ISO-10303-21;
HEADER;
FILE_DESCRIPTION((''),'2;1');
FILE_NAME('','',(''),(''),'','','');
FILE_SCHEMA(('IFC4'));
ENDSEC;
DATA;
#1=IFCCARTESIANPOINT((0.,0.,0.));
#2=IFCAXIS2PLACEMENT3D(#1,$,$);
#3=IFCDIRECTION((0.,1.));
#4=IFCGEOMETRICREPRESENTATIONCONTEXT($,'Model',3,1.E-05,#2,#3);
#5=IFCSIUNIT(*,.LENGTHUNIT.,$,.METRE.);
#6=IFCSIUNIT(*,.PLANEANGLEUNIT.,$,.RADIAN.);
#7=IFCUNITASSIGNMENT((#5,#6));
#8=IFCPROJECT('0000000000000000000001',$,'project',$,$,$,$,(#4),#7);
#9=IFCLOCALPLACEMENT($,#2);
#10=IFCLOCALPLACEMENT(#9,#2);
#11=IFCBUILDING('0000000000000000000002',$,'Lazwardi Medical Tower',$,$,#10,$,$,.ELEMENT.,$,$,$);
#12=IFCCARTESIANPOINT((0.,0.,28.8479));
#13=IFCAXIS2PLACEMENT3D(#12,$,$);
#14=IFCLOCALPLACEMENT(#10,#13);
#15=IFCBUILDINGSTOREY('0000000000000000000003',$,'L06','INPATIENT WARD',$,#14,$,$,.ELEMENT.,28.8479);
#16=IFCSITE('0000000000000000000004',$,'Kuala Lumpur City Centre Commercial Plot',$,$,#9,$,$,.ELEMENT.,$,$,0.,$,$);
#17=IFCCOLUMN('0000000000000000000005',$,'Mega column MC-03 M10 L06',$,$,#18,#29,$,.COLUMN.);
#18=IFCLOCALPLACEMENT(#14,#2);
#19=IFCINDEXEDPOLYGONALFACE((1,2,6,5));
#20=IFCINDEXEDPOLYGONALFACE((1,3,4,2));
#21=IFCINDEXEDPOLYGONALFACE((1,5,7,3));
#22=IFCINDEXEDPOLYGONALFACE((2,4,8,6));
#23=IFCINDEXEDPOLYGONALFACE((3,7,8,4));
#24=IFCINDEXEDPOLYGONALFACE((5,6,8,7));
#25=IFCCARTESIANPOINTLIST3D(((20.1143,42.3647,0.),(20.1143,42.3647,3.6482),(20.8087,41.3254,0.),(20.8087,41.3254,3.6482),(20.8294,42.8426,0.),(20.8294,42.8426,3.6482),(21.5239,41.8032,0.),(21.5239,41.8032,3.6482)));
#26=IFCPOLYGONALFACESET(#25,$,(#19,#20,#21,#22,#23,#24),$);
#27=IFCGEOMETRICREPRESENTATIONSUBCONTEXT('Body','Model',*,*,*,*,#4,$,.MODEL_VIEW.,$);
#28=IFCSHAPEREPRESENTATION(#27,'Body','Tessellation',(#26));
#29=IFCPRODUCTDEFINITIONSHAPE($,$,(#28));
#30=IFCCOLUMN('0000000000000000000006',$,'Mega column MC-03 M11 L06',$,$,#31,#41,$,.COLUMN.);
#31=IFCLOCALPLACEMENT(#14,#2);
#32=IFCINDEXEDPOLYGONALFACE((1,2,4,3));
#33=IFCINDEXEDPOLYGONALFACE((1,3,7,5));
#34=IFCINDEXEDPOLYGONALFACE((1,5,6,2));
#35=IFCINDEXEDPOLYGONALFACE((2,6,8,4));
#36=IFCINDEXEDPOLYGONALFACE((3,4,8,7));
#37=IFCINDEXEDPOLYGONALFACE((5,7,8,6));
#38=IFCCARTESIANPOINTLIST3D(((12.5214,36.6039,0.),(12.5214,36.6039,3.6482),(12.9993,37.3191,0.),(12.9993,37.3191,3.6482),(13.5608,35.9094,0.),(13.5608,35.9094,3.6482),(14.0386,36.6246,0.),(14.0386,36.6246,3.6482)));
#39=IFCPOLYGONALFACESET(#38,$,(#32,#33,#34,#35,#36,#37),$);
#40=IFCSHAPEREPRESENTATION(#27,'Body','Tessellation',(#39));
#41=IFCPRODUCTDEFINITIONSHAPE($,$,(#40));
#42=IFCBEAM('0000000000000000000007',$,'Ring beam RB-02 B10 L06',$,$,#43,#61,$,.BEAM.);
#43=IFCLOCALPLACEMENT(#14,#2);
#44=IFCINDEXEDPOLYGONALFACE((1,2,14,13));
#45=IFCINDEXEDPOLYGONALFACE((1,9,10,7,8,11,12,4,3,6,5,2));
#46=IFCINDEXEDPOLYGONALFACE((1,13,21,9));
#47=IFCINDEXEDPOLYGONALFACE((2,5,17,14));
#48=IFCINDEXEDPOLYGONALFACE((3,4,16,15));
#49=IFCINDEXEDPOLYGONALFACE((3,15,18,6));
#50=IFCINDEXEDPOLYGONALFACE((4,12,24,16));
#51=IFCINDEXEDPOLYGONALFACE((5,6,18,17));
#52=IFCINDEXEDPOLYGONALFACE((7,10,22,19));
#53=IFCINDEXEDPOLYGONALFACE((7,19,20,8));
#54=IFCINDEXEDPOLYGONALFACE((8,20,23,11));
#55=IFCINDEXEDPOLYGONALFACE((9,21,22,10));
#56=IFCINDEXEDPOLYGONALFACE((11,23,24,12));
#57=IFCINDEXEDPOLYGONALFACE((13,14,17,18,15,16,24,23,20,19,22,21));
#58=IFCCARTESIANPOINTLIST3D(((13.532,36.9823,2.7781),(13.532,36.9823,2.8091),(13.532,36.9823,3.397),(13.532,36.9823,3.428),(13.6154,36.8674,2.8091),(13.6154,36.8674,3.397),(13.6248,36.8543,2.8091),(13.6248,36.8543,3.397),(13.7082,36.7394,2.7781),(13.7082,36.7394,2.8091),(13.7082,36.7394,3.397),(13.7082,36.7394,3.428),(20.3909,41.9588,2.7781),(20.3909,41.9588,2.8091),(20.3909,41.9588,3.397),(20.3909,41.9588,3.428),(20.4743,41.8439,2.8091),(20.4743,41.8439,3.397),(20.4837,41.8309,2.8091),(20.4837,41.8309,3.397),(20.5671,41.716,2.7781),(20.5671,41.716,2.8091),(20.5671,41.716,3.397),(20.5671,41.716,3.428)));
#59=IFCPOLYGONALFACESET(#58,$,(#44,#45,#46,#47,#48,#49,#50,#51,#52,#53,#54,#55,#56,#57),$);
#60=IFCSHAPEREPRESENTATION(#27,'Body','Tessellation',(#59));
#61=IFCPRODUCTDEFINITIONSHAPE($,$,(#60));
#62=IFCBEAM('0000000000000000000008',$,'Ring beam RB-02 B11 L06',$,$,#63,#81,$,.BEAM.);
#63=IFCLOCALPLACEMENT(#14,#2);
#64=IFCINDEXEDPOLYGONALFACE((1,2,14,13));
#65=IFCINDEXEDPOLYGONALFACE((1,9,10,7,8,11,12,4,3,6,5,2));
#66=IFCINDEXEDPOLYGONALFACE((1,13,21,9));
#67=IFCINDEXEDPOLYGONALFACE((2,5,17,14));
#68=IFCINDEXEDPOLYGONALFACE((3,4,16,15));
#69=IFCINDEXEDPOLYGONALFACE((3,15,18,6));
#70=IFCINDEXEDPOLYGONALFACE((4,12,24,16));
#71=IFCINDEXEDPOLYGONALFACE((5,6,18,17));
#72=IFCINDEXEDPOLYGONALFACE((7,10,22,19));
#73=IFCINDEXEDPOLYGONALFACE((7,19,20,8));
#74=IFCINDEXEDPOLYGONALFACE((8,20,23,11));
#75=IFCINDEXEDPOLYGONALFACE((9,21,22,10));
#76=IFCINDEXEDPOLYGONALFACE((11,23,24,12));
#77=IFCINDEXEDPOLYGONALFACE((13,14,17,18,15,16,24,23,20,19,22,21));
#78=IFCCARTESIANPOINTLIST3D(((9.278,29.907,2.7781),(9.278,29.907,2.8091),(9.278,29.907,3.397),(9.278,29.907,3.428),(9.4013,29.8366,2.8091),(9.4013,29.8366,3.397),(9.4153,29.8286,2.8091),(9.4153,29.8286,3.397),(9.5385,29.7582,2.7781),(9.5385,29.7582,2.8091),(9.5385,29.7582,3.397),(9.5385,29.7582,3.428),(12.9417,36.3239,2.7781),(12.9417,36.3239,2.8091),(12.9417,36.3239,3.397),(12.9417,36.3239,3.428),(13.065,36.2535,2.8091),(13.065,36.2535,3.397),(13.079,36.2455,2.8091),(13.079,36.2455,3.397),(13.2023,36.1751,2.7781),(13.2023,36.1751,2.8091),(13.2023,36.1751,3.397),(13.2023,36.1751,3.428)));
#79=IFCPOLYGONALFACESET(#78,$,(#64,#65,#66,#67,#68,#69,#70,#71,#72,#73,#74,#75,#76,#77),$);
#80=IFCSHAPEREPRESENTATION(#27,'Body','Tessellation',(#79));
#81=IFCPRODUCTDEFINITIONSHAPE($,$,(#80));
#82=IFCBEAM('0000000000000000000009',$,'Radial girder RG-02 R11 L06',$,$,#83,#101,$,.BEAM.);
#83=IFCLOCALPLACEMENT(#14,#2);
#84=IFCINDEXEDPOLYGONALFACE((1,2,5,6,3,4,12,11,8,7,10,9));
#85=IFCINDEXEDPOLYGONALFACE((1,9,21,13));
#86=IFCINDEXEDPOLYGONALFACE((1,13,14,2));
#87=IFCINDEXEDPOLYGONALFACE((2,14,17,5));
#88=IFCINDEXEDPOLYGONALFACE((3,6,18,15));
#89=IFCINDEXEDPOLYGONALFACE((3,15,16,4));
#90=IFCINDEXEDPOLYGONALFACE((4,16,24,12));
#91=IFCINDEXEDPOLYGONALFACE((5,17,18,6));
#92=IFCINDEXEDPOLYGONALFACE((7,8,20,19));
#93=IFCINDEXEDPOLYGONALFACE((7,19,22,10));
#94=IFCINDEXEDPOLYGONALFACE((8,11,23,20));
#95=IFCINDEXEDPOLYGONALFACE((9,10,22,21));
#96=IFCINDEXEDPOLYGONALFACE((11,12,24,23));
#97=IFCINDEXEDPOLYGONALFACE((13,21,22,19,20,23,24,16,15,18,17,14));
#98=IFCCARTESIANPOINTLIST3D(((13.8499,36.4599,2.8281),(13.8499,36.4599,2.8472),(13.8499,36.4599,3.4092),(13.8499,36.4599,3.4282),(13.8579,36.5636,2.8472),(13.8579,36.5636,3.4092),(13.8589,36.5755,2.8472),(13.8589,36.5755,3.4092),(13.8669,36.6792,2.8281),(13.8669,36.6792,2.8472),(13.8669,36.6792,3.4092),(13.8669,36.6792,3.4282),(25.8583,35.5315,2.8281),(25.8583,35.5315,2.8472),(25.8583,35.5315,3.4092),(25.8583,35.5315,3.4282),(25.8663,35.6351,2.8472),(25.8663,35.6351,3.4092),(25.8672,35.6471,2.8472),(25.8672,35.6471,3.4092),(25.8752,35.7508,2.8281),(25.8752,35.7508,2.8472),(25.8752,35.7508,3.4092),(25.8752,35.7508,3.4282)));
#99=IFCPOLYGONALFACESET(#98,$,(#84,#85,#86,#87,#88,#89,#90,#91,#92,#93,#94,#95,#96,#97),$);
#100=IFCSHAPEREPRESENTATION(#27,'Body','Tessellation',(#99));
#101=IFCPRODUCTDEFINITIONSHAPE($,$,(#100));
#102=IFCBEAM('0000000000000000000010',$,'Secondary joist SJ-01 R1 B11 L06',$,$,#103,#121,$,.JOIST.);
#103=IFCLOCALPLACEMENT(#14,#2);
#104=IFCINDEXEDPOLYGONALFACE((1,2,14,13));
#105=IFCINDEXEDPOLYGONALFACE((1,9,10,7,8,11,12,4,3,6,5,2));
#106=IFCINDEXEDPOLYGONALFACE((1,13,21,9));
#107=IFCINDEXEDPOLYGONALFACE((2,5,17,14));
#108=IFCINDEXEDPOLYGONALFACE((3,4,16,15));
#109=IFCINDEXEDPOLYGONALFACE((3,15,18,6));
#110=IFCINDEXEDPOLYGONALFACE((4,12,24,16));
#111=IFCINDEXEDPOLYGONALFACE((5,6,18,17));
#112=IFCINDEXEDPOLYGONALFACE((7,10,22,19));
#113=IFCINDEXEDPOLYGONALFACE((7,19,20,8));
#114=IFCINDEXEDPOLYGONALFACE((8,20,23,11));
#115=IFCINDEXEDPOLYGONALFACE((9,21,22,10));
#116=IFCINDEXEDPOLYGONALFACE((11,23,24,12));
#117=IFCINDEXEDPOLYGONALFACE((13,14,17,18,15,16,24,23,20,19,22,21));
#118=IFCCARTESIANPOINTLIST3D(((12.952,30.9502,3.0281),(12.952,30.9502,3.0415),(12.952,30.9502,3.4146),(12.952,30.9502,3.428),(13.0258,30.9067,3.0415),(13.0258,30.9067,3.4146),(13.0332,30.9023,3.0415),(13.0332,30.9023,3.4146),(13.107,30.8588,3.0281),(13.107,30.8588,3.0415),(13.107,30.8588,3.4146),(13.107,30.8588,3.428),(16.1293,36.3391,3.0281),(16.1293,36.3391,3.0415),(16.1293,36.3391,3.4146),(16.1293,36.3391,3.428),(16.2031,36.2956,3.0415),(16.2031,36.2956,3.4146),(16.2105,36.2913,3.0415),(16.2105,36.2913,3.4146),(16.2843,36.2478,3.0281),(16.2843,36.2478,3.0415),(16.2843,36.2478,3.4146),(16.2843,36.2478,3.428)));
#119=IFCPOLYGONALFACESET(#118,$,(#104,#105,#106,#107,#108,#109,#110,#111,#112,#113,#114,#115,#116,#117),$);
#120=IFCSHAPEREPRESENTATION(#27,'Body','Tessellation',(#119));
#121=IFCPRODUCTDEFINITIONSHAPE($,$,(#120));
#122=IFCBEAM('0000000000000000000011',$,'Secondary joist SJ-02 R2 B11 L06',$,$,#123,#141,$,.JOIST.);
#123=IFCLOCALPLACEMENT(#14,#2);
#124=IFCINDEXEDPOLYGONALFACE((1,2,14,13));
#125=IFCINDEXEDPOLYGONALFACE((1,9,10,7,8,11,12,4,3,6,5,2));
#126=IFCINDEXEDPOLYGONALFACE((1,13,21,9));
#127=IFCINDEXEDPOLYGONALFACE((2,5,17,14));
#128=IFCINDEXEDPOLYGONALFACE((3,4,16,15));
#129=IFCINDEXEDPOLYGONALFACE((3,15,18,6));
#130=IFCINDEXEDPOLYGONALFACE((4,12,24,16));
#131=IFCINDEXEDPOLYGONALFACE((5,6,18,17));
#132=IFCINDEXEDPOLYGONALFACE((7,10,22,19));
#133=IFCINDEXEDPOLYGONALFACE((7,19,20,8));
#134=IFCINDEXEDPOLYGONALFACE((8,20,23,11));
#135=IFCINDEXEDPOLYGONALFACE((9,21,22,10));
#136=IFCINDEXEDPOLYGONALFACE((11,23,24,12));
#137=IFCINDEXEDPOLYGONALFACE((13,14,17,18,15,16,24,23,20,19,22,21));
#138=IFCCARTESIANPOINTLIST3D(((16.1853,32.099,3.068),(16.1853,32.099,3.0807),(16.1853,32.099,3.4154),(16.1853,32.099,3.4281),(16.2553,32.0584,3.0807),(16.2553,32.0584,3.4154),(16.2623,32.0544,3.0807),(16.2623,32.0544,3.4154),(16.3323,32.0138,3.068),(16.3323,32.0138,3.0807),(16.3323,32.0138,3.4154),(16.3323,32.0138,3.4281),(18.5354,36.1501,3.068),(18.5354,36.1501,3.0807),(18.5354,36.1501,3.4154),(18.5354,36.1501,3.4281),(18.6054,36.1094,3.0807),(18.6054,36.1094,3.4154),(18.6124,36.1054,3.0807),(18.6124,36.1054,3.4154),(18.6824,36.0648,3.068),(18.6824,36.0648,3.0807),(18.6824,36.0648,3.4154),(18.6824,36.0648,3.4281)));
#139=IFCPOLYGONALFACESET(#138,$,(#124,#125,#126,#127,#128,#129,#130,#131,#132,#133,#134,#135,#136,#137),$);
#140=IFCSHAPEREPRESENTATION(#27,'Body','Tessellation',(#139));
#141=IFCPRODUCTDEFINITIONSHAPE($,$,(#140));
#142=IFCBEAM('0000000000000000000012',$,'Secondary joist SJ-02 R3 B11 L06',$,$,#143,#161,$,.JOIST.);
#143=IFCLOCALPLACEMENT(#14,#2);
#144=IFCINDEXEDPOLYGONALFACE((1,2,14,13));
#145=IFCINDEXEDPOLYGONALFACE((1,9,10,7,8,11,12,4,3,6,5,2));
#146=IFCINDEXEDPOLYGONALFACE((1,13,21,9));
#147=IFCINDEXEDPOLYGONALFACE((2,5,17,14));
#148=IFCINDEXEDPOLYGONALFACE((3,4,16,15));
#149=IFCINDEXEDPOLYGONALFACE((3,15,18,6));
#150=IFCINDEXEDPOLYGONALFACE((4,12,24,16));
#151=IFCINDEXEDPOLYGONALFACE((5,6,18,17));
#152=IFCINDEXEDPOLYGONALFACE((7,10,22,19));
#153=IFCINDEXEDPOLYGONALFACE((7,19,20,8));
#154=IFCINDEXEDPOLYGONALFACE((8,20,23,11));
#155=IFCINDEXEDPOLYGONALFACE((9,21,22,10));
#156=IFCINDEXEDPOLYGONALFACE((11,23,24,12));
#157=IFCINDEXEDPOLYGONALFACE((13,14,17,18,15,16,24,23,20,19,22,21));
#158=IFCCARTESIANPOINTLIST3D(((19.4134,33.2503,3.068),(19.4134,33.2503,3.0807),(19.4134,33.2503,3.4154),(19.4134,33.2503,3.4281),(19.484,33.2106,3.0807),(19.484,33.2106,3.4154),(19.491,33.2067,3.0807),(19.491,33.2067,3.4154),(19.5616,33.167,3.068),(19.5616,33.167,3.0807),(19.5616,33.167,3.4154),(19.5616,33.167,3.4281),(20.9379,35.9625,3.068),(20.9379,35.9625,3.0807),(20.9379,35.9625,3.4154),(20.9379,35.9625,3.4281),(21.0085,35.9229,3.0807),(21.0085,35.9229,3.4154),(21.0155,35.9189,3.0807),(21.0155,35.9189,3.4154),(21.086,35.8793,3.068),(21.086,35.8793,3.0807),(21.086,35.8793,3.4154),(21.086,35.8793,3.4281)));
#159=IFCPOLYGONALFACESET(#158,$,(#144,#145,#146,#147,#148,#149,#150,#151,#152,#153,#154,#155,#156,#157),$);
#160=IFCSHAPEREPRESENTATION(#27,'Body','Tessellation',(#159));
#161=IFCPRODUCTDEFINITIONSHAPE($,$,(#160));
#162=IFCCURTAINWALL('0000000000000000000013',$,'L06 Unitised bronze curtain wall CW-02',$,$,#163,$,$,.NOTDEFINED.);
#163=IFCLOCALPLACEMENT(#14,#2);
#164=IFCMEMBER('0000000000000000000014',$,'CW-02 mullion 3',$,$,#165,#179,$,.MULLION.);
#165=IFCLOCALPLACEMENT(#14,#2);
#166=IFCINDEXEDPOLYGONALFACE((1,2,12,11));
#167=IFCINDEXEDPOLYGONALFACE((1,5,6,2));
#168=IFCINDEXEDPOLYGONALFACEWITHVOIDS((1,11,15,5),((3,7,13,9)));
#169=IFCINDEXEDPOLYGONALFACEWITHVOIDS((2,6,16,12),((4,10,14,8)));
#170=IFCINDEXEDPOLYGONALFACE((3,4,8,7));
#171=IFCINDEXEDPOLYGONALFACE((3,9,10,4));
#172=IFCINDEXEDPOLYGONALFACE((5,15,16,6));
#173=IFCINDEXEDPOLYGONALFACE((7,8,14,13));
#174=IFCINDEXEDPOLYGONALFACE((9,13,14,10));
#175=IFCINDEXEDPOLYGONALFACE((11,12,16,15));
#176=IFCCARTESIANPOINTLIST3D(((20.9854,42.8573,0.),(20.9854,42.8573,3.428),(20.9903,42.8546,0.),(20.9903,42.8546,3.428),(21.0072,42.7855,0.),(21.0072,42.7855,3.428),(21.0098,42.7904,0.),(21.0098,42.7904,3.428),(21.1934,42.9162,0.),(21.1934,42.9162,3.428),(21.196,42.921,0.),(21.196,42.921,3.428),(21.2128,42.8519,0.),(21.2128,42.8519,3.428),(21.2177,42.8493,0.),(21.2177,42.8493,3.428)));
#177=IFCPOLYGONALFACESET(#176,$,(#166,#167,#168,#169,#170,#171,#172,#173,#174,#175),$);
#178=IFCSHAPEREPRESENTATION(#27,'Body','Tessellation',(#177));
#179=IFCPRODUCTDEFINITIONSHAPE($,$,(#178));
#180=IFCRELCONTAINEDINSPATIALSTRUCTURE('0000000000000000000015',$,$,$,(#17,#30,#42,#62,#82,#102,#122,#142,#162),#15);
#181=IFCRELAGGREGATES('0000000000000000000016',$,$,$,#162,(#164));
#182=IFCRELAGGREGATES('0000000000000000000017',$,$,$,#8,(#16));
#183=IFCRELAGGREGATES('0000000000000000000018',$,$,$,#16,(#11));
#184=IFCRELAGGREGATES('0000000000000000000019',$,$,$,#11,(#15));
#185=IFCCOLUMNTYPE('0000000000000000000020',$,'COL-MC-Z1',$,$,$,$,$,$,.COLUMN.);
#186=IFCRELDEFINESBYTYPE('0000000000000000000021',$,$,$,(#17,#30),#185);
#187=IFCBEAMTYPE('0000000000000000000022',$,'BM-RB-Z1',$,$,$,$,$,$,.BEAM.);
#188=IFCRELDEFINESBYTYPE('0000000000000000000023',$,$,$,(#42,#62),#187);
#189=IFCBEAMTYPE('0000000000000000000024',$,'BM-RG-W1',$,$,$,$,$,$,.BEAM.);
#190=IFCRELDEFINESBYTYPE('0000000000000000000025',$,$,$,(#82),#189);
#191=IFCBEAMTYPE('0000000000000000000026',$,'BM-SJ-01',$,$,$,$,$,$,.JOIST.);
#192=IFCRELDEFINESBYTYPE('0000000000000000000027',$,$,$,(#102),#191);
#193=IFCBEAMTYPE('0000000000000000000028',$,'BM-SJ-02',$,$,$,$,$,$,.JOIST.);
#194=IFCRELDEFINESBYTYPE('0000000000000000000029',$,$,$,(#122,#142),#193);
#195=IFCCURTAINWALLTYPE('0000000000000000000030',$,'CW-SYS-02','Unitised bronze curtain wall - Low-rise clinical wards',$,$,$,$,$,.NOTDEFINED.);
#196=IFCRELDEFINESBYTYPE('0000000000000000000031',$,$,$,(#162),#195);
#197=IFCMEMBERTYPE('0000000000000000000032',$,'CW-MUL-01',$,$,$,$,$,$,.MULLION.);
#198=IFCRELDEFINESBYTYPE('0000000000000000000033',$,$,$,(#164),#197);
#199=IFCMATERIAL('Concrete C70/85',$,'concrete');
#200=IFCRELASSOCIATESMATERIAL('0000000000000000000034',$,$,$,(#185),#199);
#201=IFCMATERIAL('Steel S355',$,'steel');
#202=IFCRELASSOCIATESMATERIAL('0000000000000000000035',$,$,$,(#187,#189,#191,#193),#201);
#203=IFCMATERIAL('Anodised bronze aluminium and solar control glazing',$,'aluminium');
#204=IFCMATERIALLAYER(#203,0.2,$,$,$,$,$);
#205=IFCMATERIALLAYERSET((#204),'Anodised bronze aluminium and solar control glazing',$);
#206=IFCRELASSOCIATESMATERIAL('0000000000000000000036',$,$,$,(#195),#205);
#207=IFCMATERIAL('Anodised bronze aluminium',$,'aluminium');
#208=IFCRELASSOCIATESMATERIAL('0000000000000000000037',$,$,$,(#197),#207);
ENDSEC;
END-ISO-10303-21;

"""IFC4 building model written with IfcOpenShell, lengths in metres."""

from ifc_helpers import new_model, si_unit, direction, frame, origin, origin_2d, place, context, subcontext, project, spatial, rectangle, hollow_rectangle, i_section, extrude, material, layer, layer_set, material_profile, profile_set, type_object, element, aggregate, save


model = new_model("IFC4")

# Units and contexts
model_context = context("Model", 3, precision=1e-05, world=origin(), true_north=direction((0.0, 1.0)))
body_context = subcontext(model_context, "Body", "Model", "MODEL_VIEW")
ifc_project = project(units=[si_unit("LENGTHUNIT", "METRE"), si_unit("PLANEANGLEUNIT", "RADIAN")], contexts=[model_context])

# Site, building, storey
site_placement = place(None, origin())
site = spatial("IfcSite", under=ifc_project, at=site_placement, Name="Kuala Lumpur City Centre Commercial Plot", CompositionType="ELEMENT", RefElevation=0.0)
building_placement = place(site_placement, origin())
building = spatial("IfcBuilding", under=site, at=building_placement, Name="Lazwardi Medical Tower", CompositionType="ELEMENT")
storey_placement = place(building_placement, frame((0.0, 0.0, 28.8479)))
storey = spatial("IfcBuildingStorey", under=building, at=storey_placement, Name="L06", Description="INPATIENT WARD", CompositionType="ELEMENT", Elevation=28.8479)

# Columns
ifc_material_1 = material(Name="Concrete C70/85", Category="concrete")
ifc_material_profile_1 = material_profile(ifc_material_1, rectangle(XDim=1.25, YDim=0.8601, at=origin_2d()), Name="CFT-RECT 1250x860")
ifc_profile_set_1 = profile_set([ifc_material_profile_1], Name="Concrete C70/85")
column_type = type_object("IfcColumnType", Name="COL-MC-Z1", PredefinedType="COLUMN", material=ifc_profile_set_1)
for number, where, z_axis, x_axis, name in (
    (1, (20.8191, 42.084, 0.0), (0.0, 0.0, 1.0), (-0.55557, 0.83147, 0.0), "Mega column MC-03 M10 L06"),
    (2, (13.28, 36.6143, 0.0), (0.0, 0.0, 1.0), (-0.83147, 0.55557, 0.0), "Mega column MC-03 M11 L06"),
):
    element("IfcColumn", number, at=place(storey_placement, frame(where, z_axis=z_axis, x_axis=x_axis)), inside=storey, type_object=column_type, Name=name, PredefinedType="COLUMN", context=body_context, shape_type="SweptSolid", body=[
        extrude(rectangle(XDim=1.25, YDim=0.8601, at=origin_2d()), origin(), (0.0, 0.0, 1.0), 3.6482),
    ])

# Beams
ifc_material_2 = material(Name="Steel S355", Category="steel")
ifc_material_profile_2 = material_profile(ifc_material_2, i_section(OverallWidth=0.3, OverallDepth=0.6499, WebThickness=0.0161, FlangeThickness=0.031, at=origin_2d()), Name="HEB 650")
ifc_profile_set_2 = profile_set([ifc_material_profile_2], Name="Steel S355")
beam_type_1 = type_object("IfcBeamType", Name="BM-RB-Z1", PredefinedType="BEAM", material=ifc_profile_set_2)
beam_1_placement = place(storey_placement, frame((20.479, 41.8374, 3.103), z_axis=(-0.809393, -0.587267, 0.0), x_axis=(0.587267, -0.809393, 0.0)))
element("IfcBeam", 3, at=beam_1_placement, inside=storey, type_object=beam_type_1, Name="Ring beam RB-02 B10 L06", PredefinedType="BEAM", context=body_context, shape_type="SweptSolid", body=[
    extrude(i_section(OverallWidth=0.3, OverallDepth=0.6499, WebThickness=0.0161, FlangeThickness=0.031, at=origin_2d()), origin(), (0.0, 0.0, 1.0), 8.4741),
])
beam_2_placement = place(storey_placement, frame((13.072, 36.2495, 3.103), z_axis=(-0.495829, -0.86842, 0.0), x_axis=(0.86842, -0.495829, 0.0)))
element("IfcBeam", 4, at=beam_2_placement, inside=storey, type_object=beam_type_1, Name="Ring beam RB-02 B11 L06", PredefinedType="BEAM", context=body_context, shape_type="SweptSolid", body=[
    extrude(i_section(OverallWidth=0.3, OverallDepth=0.6499, WebThickness=0.0161, FlangeThickness=0.031, at=origin_2d()), origin(), (0.0, 0.0, 1.0), 7.3892),
])
ifc_material_profile_3 = material_profile(ifc_material_2, i_section(OverallWidth=0.22, OverallDepth=0.6001, WebThickness=0.012, FlangeThickness=0.019, at=origin_2d()), Name="IPE 600")
ifc_profile_set_3 = profile_set([ifc_material_profile_3], Name="Steel S355")
beam_type_2 = type_object("IfcBeamType", Name="BM-RG-W1", PredefinedType="BEAM", material=ifc_profile_set_3)
beam_3_placement = place(storey_placement, frame((13.8584, 36.5696, 3.1282), z_axis=(0.997024, -0.077089, 0.0), x_axis=(0.077089, 0.997024, 0.0)))
element("IfcBeam", 5, at=beam_3_placement, inside=storey, type_object=beam_type_2, Name="Radial girder RG-02 R11 L06", PredefinedType="BEAM", context=body_context, shape_type="SweptSolid", body=[
    extrude(i_section(OverallWidth=0.22, OverallDepth=0.6001, WebThickness=0.012, FlangeThickness=0.019, at=origin_2d()), origin(), (0.0, 0.0, 1.0), 12.0442),
])
ifc_material_profile_4 = material_profile(ifc_material_2, i_section(OverallWidth=0.1799, OverallDepth=0.3999, WebThickness=0.0085, FlangeThickness=0.0134, at=origin_2d()), Name="IPE 400")
ifc_profile_set_4 = profile_set([ifc_material_profile_4], Name="Steel S355")
beam_type_3 = type_object("IfcBeamType", Name="BM-SJ-01", PredefinedType="JOIST", material=ifc_profile_set_4)
beam_4_placement = place(storey_placement, frame((16.2068, 36.2935, 3.228), z_axis=(-0.507886, -0.861424, 0.0), x_axis=(0.861424, -0.507886, 0.0)))
element("IfcBeam", 6, at=beam_4_placement, inside=storey, type_object=beam_type_3, Name="Secondary joist SJ-01 R1 B11 L06", PredefinedType="JOIST", context=body_context, shape_type="SweptSolid", body=[
    extrude(i_section(OverallWidth=0.1799, OverallDepth=0.3999, WebThickness=0.0085, FlangeThickness=0.0134, at=origin_2d()), origin(), (0.0, 0.0, 1.0), 6.2559),
])
ifc_material_profile_5 = material_profile(ifc_material_2, i_section(OverallWidth=0.1699, OverallDepth=0.3601, WebThickness=0.0081, FlangeThickness=0.0127, at=origin_2d()), Name="IPE 360")
ifc_profile_set_5 = profile_set([ifc_material_profile_5], Name="Steel S355")
beam_type_4 = type_object("IfcBeamType", Name="BM-SJ-02", PredefinedType="JOIST", material=ifc_profile_set_5)
beam_5_placement = place(storey_placement, frame((18.6089, 36.1074, 3.248), z_axis=(-0.501798, -0.864985, 0.0), x_axis=(0.864985, -0.501798, 0.0)))
element("IfcBeam", 7, at=beam_5_placement, inside=storey, type_object=beam_type_4, Name="Secondary joist SJ-02 R2 B11 L06", PredefinedType="JOIST", context=body_context, shape_type="SweptSolid", body=[
    extrude(i_section(OverallWidth=0.1699, OverallDepth=0.3601, WebThickness=0.0081, FlangeThickness=0.0127, at=origin_2d()), origin(), (0.0, 0.0, 1.0), 4.6833),
])
beam_6_placement = place(storey_placement, frame((21.012, 35.9209, 3.248), z_axis=(-0.489974, -0.871737, 0.0), x_axis=(0.871737, -0.489974, 0.0)))
element("IfcBeam", 8, at=beam_6_placement, inside=storey, type_object=beam_type_4, Name="Secondary joist SJ-02 R3 B11 L06", PredefinedType="JOIST", context=body_context, shape_type="SweptSolid", body=[
    extrude(i_section(OverallWidth=0.1699, OverallDepth=0.3601, WebThickness=0.0081, FlangeThickness=0.0127, at=origin_2d()), origin(), (0.0, 0.0, 1.0), 3.1113),
])

# Curtain wall, member
ifc_material_3 = material(Name="Anodised bronze aluminium and solar control glazing", Category="aluminium")
ifc_layer_1 = layer(ifc_material_3, 0.2)
ifc_layer_set_1 = layer_set([ifc_layer_1], Name="Anodised bronze aluminium and solar control glazing")
curtain_wall_type = type_object("IfcCurtainWallType", Name="CW-SYS-02", Description="Unitised bronze curtain wall - Low-rise clinical wards", PredefinedType="NOTDEFINED", material=ifc_layer_set_1)
curtain_wall_1_placement = place(storey_placement, origin())
curtain_wall_1 = element("IfcCurtainWall", 9, at=curtain_wall_1_placement, inside=storey, type_object=curtain_wall_type, Name="L06 Unitised bronze curtain wall CW-02", PredefinedType="NOTDEFINED")
ifc_material_4 = material(Name="Anodised bronze aluminium", Category="aluminium")
ifc_material_profile_6 = material_profile(ifc_material_4, hollow_rectangle(XDim=0.075, YDim=0.22, WallThickness=0.0039, at=origin_2d()), Name="ALU-MULLION 220x75x4")
ifc_profile_set_6 = profile_set([ifc_material_profile_6], Name="Anodised bronze aluminium")
member_type_1 = type_object("IfcMemberType", Name="CW-MUL-01", PredefinedType="MULLION", material=ifc_profile_set_6)
member_1_placement = place(storey_placement, frame((21.1016, 42.8533, 0.0), z_axis=(0.0, 0.0, 1.0), x_axis=(0.289896, -0.957058, 0.0)))
member_1 = element("IfcMember", 10, at=member_1_placement, type_object=member_type_1, Name="CW-02 mullion 3", PredefinedType="MULLION", context=body_context, shape_type="SweptSolid", body=[
    extrude(hollow_rectangle(XDim=0.075, YDim=0.22, WallThickness=0.0039, at=origin_2d()), origin(), (0.0, 0.0, 1.0), 3.428),
])
aggregate(curtain_wall_1, [member_1])

save(model, "model.ifc")
